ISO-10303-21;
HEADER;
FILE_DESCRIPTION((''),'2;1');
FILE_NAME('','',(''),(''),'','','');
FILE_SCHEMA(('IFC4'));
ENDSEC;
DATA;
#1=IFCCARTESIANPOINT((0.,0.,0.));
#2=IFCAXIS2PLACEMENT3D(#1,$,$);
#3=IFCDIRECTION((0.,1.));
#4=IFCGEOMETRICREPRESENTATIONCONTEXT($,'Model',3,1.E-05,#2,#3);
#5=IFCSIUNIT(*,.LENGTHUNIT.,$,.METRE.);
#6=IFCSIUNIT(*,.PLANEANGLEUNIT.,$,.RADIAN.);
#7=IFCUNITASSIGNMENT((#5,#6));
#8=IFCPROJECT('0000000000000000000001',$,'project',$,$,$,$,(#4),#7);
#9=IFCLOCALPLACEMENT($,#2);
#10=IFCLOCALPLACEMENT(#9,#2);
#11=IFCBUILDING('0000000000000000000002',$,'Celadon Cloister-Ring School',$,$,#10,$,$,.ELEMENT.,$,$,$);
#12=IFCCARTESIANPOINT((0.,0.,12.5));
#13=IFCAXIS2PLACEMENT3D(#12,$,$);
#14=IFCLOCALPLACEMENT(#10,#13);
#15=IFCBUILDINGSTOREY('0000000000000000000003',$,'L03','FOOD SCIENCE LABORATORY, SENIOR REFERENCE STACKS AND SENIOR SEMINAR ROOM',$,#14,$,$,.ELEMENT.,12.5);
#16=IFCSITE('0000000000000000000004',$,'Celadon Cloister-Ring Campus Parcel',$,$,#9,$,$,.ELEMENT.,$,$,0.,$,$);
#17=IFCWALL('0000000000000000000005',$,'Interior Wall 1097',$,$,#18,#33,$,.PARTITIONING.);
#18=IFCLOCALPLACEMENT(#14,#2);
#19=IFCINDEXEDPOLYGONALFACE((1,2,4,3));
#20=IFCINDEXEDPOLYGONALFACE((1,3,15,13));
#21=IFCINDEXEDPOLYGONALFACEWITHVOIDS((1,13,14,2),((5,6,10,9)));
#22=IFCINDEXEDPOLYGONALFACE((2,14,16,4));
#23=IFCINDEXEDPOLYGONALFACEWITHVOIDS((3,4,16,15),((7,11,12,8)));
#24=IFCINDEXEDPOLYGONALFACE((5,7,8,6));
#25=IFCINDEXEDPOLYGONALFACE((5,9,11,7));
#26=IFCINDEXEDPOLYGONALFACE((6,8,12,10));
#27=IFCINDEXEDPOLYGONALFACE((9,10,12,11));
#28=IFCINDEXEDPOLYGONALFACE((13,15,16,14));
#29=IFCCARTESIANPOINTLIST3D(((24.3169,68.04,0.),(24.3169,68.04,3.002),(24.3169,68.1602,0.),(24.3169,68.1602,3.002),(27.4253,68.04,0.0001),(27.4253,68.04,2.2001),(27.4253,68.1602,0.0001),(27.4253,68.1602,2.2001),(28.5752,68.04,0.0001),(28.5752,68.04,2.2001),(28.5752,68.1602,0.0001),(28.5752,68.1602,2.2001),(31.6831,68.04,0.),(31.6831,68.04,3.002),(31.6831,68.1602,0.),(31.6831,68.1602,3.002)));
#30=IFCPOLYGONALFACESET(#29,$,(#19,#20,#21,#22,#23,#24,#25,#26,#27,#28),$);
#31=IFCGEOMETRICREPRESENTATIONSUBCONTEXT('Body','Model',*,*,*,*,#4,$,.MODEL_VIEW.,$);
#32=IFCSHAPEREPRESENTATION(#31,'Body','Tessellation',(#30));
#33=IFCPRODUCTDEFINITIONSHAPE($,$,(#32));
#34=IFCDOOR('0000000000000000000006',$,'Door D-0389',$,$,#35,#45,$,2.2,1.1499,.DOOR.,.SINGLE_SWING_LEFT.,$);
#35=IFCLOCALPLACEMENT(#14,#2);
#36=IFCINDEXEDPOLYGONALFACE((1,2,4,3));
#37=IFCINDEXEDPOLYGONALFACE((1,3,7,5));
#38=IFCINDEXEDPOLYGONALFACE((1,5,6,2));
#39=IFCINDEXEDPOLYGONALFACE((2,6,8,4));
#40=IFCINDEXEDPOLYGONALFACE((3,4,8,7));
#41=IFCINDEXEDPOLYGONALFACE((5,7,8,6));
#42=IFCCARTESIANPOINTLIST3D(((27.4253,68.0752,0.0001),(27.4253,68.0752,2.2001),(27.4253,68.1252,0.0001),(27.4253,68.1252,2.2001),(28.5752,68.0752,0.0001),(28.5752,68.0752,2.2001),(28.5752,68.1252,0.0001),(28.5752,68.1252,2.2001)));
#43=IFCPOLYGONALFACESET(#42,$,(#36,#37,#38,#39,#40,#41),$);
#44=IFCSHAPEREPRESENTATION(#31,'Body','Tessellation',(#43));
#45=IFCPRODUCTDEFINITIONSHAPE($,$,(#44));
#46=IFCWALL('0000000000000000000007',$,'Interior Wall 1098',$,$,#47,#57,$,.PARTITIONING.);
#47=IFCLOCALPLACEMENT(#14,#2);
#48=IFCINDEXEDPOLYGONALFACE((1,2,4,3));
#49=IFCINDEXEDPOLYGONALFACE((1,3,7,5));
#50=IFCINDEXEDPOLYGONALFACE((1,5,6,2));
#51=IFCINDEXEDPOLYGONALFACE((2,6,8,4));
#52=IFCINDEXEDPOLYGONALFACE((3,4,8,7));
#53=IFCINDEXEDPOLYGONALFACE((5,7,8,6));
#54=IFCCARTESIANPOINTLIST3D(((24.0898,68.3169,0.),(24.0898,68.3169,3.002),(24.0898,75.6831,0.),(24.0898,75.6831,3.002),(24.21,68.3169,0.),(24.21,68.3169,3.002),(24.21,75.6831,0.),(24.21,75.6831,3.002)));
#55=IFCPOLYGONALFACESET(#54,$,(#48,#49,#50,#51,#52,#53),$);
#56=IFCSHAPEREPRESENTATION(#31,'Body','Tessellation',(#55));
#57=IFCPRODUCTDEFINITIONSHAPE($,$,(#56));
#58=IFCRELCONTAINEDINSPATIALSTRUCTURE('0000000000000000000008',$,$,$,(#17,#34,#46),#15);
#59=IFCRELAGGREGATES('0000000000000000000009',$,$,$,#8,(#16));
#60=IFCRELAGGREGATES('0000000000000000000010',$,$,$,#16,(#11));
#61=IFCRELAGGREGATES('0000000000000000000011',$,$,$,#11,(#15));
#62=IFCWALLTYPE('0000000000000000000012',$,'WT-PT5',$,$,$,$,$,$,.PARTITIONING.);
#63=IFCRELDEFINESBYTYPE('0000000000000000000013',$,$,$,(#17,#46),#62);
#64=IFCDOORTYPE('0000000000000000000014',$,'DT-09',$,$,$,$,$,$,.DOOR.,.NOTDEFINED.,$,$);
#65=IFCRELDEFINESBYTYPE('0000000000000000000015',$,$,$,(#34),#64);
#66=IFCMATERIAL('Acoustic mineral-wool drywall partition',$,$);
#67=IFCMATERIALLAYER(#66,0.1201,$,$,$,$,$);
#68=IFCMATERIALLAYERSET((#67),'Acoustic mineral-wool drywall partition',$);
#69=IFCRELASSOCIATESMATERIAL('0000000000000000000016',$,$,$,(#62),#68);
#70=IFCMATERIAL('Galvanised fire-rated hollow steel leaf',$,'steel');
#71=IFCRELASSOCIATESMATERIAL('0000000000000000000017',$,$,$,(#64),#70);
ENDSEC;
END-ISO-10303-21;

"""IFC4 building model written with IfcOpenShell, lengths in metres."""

from ifc_helpers import new_model, si_unit, direction, frame, frame_2d, origin, place, context, subcontext, project, spatial, rectangle, extrude, material, layer, layer_set, type_object, element, fill, save


model = new_model("IFC4")

# Units and contexts
model_context = context("Model", 3, precision=1e-05, world=origin(), true_north=direction((0.0, 1.0)))
body_context = subcontext(model_context, "Body", "Model", "MODEL_VIEW")
ifc_project = project(units=[si_unit("LENGTHUNIT", "METRE"), si_unit("PLANEANGLEUNIT", "RADIAN")], contexts=[model_context])

# Site, building, storey
site_placement = place(None, origin())
site = spatial("IfcSite", under=ifc_project, at=site_placement, Name="Celadon Cloister-Ring Campus Parcel", CompositionType="ELEMENT", RefElevation=0.0)
building_placement = place(site_placement, origin())
building = spatial("IfcBuilding", under=site, at=building_placement, Name="Celadon Cloister-Ring School", CompositionType="ELEMENT")
storey_placement = place(building_placement, frame((0.0, 0.0, 12.5)))
storey = spatial("IfcBuildingStorey", under=building, at=storey_placement, Name="L03", Description="FOOD SCIENCE LABORATORY, SENIOR REFERENCE STACKS AND SENIOR SEMINAR ROOM", CompositionType="ELEMENT", Elevation=12.5)

# Wall, opening, door
ifc_material_1 = material(Name="Acoustic mineral-wool drywall partition")
ifc_layer_1 = layer(ifc_material_1, 0.1201)
ifc_layer_set_1 = layer_set([ifc_layer_1], Name="Acoustic mineral-wool drywall partition")
wall_type_1 = type_object("IfcWallType", Name="WT-PT5", PredefinedType="PARTITIONING", material=ifc_layer_set_1)
wall_1_placement = place(storey_placement, frame((31.6831, 68.1001, 0.0), z_axis=(0.0, 0.0, 1.0), x_axis=(-1.0, 0.0, 0.0)))
wall_1 = element("IfcWall", 1, at=wall_1_placement, inside=storey, type_object=wall_type_1, Name="Interior Wall 1097", PredefinedType="PARTITIONING", context=body_context, shape_type="SweptSolid", body=[
    extrude(rectangle(XDim=7.3662, YDim=0.1201, at=frame_2d((3.6831, 0.0))), origin(), (0.0, 0.0, 1.0), 3.002),
])
opening_1_placement = place(wall_1_placement, frame((3.1079, 0.0, 0.0)))
opening_1 = element("IfcOpeningElement", 2, at=opening_1_placement, cuts=wall_1, PredefinedType="OPENING", context=body_context, shape_type="SweptSolid", body=[
    extrude(rectangle(XDim=1.1499, YDim=2.2, at=frame_2d((0.575, 1.1001))), frame((0.0, 0.0701, 0.0), z_axis=(0.0, -1.0, 0.0), x_axis=(1.0, 0.0, 0.0)), (0.0, 0.0, 1.0), 0.1401),
])
ifc_material_2 = material(Name="Galvanised fire-rated hollow steel leaf", Category="steel")
door_type_1 = type_object("IfcDoorType", Name="DT-09", OperationType="NOTDEFINED", PredefinedType="DOOR", material=ifc_material_2)
door_1_placement = place(opening_1_placement, origin())
door_1 = element("IfcDoor", 3, at=door_1_placement, inside=storey, type_object=door_type_1, Name="Door D-0389", OperationType="SINGLE_SWING_LEFT", OverallHeight=2.2, OverallWidth=1.1499, PredefinedType="DOOR", context=body_context, shape_type="SweptSolid", body=[
    extrude(rectangle(XDim=1.1499, YDim=2.2, at=frame_2d((0.575, 1.1001))), frame((0.0, 0.0249, 0.0), z_axis=(0.0, -1.0, 0.0), x_axis=(1.0, 0.0, 0.0)), (0.0, 0.0, 1.0), 0.05),
])
fill(opening_1, door_1)

# Wall
wall_2_placement = place(storey_placement, frame((24.1499, 68.3169, 0.0), z_axis=(0.0, 0.0, 1.0), x_axis=(0.0, 1.0, 0.0)))
element("IfcWall", 4, at=wall_2_placement, inside=storey, type_object=wall_type_1, Name="Interior Wall 1098", PredefinedType="PARTITIONING", context=body_context, shape_type="SweptSolid", body=[
    extrude(rectangle(XDim=7.3662, YDim=0.1201, at=frame_2d((3.6831, 0.0))), origin(), (0.0, 0.0, 1.0), 3.002),
])

save(model, "model.ifc")
